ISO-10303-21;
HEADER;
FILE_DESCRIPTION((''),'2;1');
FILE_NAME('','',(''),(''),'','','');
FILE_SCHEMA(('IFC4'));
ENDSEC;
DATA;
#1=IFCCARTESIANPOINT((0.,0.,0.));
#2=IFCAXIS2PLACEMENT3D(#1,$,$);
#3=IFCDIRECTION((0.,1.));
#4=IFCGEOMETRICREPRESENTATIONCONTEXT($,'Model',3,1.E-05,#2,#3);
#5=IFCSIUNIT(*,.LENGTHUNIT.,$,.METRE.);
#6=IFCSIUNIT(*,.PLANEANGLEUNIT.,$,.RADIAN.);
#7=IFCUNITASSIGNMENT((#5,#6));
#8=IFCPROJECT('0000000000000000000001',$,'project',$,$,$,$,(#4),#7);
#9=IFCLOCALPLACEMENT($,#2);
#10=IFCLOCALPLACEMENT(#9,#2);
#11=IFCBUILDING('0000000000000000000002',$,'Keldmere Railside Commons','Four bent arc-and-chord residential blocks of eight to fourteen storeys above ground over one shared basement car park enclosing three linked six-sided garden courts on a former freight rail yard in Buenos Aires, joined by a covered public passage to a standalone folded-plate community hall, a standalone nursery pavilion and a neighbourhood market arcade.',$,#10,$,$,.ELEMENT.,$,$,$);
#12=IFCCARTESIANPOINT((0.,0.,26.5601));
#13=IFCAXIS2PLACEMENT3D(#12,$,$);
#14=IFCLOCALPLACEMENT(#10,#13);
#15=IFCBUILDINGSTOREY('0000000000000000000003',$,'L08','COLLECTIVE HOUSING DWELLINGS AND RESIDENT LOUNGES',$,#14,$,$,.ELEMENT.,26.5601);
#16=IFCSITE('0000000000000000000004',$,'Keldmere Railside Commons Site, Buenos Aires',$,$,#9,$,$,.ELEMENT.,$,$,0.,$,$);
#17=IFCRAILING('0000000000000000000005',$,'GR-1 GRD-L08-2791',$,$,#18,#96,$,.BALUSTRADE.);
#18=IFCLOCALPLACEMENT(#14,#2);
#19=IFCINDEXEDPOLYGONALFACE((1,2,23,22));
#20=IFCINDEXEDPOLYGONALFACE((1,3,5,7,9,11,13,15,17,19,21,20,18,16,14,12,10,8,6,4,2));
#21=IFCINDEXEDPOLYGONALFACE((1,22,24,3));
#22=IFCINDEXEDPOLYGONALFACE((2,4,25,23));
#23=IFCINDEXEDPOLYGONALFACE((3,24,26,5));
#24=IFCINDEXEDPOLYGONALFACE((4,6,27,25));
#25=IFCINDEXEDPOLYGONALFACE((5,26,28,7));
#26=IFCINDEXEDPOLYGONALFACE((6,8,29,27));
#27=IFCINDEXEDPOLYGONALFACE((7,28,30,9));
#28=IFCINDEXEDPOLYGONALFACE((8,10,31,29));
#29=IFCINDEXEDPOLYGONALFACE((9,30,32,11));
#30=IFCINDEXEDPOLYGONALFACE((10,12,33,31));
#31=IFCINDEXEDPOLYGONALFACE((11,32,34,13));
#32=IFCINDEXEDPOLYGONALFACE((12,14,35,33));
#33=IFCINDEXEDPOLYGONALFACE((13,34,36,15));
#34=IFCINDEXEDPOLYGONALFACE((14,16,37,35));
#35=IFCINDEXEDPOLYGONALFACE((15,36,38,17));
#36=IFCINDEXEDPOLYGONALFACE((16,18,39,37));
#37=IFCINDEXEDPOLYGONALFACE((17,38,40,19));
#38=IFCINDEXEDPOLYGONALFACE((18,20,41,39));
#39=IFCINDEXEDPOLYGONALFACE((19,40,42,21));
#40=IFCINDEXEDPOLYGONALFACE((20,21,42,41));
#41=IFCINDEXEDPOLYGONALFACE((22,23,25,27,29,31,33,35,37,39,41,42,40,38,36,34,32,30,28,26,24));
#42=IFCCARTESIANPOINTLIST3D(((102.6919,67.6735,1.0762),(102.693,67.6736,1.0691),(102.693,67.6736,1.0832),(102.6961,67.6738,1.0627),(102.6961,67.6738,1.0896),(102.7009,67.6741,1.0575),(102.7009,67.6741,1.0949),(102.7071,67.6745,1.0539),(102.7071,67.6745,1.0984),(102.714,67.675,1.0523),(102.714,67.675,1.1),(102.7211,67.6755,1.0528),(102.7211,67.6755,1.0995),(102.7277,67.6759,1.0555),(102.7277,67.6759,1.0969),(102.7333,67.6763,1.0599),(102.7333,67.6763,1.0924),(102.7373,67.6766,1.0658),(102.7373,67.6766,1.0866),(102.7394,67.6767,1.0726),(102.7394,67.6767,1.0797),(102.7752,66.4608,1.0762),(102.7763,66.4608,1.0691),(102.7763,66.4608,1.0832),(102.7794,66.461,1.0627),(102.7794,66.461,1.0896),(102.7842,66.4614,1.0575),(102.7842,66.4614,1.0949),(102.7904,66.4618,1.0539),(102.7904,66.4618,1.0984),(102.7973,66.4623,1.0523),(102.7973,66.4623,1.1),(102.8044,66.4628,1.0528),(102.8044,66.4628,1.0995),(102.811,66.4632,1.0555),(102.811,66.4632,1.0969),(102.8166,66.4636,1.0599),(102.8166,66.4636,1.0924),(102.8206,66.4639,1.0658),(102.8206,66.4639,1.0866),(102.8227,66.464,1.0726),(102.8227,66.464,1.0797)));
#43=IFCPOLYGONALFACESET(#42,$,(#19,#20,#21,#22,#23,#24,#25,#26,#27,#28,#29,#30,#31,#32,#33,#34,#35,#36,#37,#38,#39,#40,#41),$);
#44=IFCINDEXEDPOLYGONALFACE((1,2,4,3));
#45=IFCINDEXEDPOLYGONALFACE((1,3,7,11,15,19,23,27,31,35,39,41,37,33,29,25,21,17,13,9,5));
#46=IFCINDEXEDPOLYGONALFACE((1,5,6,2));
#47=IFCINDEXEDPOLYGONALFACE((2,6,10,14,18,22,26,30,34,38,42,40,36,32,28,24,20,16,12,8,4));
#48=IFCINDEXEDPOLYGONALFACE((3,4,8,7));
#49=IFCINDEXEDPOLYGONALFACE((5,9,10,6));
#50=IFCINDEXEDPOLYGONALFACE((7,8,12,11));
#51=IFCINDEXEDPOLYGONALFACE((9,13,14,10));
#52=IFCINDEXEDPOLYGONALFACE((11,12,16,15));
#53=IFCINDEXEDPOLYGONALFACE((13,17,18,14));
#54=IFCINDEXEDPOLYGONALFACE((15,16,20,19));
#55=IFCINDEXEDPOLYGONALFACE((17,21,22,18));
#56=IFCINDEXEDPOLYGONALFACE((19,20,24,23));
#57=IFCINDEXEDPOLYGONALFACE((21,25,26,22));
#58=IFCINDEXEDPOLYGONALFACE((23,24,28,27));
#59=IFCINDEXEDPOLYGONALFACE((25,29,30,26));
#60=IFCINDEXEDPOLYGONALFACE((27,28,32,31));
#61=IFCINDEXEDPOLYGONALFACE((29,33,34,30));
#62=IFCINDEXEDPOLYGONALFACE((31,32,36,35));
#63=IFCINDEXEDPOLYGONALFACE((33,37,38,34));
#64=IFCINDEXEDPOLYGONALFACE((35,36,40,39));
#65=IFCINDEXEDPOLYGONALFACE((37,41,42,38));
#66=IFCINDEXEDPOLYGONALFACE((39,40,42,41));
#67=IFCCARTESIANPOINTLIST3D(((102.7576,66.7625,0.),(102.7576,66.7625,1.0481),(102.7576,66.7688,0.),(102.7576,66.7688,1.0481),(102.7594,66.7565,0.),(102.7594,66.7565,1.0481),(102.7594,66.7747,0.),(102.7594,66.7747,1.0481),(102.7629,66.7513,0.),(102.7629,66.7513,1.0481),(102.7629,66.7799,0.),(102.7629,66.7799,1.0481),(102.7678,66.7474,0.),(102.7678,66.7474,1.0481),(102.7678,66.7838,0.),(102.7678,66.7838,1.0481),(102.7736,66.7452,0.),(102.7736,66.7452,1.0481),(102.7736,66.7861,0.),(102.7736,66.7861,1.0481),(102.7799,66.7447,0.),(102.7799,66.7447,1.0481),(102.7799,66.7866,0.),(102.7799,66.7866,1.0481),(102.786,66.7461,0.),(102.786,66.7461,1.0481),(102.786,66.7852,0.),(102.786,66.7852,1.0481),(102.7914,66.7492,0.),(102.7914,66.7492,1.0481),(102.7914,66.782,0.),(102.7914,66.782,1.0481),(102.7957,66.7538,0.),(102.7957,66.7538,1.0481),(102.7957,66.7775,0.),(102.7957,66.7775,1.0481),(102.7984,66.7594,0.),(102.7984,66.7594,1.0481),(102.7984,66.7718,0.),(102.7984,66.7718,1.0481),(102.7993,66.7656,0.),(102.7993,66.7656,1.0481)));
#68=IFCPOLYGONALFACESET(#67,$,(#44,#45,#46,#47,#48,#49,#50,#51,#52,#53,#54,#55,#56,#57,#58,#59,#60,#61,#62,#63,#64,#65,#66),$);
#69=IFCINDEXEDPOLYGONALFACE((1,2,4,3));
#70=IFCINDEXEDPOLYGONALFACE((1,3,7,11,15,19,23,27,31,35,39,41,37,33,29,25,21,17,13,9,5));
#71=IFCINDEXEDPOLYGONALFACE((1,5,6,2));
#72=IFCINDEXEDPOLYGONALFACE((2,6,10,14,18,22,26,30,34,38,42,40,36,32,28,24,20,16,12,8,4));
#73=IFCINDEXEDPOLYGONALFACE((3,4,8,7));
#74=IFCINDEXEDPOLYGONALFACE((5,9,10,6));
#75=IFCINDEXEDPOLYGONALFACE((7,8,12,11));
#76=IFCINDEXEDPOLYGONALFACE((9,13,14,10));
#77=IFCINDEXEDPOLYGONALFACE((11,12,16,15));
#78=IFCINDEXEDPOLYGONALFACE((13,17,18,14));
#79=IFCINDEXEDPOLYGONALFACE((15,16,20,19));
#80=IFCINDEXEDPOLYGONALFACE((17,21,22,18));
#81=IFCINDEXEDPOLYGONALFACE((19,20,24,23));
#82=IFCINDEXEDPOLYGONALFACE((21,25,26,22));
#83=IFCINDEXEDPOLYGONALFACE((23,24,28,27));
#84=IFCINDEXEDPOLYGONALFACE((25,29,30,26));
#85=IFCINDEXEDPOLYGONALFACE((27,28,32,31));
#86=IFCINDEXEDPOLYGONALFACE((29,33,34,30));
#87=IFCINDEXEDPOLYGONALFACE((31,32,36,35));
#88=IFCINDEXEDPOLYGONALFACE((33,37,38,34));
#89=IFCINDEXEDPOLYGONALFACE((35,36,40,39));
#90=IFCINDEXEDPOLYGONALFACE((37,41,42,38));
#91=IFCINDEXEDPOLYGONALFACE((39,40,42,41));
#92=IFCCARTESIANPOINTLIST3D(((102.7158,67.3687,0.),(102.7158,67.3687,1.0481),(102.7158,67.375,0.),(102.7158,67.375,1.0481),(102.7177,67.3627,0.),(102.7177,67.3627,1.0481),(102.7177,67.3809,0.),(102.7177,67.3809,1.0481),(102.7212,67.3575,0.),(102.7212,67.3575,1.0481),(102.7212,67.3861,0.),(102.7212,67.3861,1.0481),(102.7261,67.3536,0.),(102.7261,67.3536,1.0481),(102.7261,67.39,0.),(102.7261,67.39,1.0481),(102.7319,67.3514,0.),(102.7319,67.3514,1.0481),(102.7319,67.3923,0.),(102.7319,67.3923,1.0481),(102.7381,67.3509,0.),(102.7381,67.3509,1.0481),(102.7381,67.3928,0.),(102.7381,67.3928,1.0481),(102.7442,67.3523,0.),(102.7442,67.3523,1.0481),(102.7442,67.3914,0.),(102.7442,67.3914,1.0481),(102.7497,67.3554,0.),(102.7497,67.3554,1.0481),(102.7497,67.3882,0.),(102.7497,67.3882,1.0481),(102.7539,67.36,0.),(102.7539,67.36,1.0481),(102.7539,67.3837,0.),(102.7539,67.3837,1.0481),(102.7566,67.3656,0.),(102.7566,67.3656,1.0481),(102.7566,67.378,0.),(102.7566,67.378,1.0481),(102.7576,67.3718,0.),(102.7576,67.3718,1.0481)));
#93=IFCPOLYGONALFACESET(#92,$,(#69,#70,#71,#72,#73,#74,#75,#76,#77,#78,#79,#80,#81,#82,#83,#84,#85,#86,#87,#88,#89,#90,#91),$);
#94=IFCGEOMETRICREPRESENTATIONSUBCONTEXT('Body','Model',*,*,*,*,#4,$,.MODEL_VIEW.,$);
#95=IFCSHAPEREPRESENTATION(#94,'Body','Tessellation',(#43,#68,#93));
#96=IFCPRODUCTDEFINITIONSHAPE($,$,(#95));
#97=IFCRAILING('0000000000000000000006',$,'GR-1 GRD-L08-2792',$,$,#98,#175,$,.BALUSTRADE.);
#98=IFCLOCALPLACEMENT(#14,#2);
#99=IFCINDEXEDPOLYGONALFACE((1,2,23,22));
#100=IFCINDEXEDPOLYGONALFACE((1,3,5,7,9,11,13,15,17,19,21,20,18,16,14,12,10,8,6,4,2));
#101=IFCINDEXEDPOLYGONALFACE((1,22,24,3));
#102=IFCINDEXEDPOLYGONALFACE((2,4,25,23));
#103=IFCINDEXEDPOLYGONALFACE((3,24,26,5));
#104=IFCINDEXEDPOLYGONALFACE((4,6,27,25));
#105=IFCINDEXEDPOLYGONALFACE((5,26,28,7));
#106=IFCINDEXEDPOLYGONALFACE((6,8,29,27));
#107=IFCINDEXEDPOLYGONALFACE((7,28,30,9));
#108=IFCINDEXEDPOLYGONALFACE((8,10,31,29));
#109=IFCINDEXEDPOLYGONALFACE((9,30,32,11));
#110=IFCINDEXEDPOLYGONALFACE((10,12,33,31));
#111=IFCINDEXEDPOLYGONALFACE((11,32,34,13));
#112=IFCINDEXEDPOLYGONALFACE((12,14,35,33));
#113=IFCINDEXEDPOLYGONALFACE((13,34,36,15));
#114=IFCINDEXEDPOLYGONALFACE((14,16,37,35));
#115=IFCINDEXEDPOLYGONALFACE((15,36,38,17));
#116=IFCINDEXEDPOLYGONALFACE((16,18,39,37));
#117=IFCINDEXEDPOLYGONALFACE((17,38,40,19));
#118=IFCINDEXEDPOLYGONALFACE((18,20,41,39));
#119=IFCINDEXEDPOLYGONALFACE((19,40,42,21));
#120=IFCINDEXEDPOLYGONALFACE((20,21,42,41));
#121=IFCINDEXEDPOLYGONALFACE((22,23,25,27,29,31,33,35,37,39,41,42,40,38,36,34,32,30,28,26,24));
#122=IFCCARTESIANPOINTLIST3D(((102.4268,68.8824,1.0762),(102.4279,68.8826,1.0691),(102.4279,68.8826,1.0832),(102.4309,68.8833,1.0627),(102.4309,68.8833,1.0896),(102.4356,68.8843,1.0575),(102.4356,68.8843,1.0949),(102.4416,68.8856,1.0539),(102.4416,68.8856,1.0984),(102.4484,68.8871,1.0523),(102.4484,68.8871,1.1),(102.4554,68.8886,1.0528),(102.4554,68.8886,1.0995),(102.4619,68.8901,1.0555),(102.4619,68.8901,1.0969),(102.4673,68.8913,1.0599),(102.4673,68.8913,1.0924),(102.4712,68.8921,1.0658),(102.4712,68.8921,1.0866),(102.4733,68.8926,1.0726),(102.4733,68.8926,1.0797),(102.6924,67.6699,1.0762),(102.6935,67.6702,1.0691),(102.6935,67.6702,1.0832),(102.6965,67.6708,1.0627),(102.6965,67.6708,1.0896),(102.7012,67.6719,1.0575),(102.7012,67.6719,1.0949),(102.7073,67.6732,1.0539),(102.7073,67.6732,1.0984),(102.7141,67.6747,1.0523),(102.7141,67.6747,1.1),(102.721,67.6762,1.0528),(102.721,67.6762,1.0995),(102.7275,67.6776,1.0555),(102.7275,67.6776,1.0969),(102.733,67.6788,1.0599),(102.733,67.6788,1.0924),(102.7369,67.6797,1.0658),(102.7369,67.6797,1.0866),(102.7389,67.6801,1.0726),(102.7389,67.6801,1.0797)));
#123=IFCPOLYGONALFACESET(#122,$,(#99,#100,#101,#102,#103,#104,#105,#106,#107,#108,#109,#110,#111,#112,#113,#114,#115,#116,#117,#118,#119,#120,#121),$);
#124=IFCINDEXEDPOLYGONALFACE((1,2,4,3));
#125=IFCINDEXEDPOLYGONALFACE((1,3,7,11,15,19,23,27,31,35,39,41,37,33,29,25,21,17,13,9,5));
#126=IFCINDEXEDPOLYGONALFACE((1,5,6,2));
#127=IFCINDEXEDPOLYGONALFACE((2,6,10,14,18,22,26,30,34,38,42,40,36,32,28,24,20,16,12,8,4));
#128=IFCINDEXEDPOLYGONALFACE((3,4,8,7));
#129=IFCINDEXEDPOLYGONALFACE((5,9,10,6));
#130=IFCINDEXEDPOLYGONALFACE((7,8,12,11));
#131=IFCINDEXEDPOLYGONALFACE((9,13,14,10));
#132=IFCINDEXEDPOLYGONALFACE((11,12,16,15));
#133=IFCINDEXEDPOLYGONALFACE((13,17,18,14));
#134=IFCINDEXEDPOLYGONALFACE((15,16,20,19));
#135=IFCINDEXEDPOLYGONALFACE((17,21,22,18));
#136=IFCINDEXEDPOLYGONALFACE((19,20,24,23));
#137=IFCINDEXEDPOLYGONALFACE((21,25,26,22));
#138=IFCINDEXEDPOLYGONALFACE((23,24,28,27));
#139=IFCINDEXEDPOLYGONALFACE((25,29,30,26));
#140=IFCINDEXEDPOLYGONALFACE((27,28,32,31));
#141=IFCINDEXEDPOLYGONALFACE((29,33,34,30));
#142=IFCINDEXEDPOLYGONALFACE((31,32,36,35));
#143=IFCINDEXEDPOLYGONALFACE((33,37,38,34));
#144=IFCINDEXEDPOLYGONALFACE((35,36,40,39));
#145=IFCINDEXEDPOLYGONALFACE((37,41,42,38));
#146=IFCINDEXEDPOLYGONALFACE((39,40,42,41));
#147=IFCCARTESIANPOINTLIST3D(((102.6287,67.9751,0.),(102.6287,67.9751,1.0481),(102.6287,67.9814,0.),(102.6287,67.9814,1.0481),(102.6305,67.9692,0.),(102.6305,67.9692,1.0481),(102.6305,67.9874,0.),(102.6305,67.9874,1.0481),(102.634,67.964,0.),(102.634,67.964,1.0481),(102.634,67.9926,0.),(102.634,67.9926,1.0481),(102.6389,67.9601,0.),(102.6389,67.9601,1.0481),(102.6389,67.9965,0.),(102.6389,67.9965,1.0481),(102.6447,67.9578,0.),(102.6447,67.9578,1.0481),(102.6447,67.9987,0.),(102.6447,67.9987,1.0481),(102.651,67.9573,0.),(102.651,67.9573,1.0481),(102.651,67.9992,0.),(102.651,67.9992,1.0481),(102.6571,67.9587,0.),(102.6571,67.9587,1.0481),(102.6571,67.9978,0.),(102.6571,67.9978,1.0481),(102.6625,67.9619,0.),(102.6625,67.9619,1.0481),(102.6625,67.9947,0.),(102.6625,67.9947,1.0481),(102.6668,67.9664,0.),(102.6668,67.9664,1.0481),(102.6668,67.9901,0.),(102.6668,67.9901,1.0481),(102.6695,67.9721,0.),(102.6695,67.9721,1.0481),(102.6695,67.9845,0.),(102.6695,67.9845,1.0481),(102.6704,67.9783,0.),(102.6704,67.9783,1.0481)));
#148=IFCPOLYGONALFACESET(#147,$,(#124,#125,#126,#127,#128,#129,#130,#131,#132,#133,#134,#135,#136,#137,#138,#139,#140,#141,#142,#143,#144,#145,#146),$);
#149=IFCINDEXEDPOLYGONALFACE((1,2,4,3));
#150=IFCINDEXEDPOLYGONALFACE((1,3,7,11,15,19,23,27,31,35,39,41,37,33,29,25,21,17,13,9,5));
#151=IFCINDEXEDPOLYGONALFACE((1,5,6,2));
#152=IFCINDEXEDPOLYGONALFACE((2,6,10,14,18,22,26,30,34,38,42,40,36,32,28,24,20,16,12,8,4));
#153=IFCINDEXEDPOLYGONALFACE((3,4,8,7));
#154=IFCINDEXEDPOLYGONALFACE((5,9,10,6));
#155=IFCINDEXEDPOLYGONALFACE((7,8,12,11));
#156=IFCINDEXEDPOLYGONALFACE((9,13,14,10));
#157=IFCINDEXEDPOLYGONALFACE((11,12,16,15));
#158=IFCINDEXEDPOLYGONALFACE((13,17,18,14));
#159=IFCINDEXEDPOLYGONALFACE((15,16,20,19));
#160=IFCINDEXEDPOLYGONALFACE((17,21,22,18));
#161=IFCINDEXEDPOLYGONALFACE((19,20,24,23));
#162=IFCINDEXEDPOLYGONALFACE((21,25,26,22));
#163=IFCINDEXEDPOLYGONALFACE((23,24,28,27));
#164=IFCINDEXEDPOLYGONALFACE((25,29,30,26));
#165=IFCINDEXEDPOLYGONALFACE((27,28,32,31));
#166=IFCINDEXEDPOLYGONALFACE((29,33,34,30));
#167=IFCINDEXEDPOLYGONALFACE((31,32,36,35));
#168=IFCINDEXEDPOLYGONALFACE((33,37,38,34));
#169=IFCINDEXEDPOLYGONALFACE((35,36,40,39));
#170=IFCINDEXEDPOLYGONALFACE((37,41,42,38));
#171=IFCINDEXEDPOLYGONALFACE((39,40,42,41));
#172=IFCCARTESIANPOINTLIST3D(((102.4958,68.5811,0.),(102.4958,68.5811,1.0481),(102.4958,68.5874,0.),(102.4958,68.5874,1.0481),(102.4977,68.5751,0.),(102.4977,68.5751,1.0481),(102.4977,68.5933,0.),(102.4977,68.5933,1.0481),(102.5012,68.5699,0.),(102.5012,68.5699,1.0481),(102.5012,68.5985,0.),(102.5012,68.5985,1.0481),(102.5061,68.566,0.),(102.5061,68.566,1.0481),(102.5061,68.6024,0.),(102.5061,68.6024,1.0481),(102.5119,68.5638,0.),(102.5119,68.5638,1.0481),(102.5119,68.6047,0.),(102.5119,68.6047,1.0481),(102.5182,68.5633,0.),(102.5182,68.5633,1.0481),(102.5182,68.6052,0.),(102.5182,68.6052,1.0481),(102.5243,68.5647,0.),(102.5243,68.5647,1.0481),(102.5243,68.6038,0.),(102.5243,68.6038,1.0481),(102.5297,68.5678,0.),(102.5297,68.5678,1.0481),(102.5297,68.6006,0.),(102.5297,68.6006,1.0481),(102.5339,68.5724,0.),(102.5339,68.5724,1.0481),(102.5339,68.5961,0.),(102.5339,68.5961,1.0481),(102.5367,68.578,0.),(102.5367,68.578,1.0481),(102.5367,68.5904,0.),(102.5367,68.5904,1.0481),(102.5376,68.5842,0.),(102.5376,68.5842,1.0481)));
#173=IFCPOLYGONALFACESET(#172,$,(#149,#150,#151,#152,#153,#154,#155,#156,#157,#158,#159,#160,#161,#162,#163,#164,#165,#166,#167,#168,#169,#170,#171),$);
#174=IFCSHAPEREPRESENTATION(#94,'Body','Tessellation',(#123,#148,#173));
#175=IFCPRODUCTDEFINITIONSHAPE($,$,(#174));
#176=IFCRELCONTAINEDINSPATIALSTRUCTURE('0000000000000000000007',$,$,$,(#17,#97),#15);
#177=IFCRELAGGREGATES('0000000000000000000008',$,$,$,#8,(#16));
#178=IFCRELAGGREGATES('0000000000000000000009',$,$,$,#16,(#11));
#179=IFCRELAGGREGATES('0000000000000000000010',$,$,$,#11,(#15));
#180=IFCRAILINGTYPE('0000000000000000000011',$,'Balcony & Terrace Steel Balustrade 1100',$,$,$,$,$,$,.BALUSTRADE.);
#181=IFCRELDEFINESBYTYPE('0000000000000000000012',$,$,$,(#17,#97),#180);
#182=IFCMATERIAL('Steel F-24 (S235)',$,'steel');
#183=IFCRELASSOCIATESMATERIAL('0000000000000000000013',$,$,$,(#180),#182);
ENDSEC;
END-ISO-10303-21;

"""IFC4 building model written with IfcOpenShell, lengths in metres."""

from ifc_helpers import new_model, si_unit, direction, frame, origin, origin_2d, place, context, subcontext, project, spatial, circle, extrude, material, type_object, element, save


model = new_model("IFC4")

# Units and contexts
model_context = context("Model", 3, precision=1e-05, world=origin(), true_north=direction((0.0, 1.0)))
body_context = subcontext(model_context, "Body", "Model", "MODEL_VIEW")
ifc_project = project(units=[si_unit("LENGTHUNIT", "METRE"), si_unit("PLANEANGLEUNIT", "RADIAN")], contexts=[model_context])

# Site, building, storey
site_placement = place(None, origin())
site = spatial("IfcSite", under=ifc_project, at=site_placement, Name="Keldmere Railside Commons Site, Buenos Aires", CompositionType="ELEMENT", RefElevation=0.0)
building_placement = place(site_placement, origin())
building = spatial("IfcBuilding", under=site, at=building_placement, Name="Keldmere Railside Commons", Description="Four bent arc-and-chord residential blocks of eight to fourteen storeys above ground over one shared basement car park enclosing three linked six-sided garden courts on a former freight rail yard in Buenos Aires, joined by a covered public passage to a standalone folded-plate community hall, a standalone nursery pavilion and a neighbourhood market arcade.", CompositionType="ELEMENT")
storey_placement = place(building_placement, frame((0.0, 0.0, 26.5601)))
storey = spatial("IfcBuildingStorey", under=building, at=storey_placement, Name="L08", Description="COLLECTIVE HOUSING DWELLINGS AND RESIDENT LOUNGES", CompositionType="ELEMENT", Elevation=26.5601)

# Railings
ifc_material_1 = material(Name="Steel F-24 (S235)", Category="steel")
railing_type_1 = type_object("IfcRailingType", Name="Balcony & Terrace Steel Balustrade 1100", PredefinedType="BALUSTRADE", material=ifc_material_1)
railing_1_placement = place(storey_placement, frame((102.7991, 66.4624, 0.0)))
element("IfcRailing", 1, at=railing_1_placement, inside=storey, type_object=railing_type_1, Name="GR-1 GRD-L08-2791", PredefinedType="BALUSTRADE", context=body_context, shape_type="SweptSolid", body=[
    extrude(circle(Radius=0.0239, at=origin_2d()), frame((0.0, 0.0, 1.0762), z_axis=(-0.068492, 0.997652, 0.0), x_axis=(-0.997652, -0.068492, 0.0)), (0.0, 0.0, 1.0), 1.2156),
    extrude(circle(Radius=0.021, at=origin_2d()), frame((-0.0208, 0.3032, 0.0)), (0.0, 0.0, 1.0), 1.0481),
    extrude(circle(Radius=0.021, at=origin_2d()), frame((-0.0625, 0.9094, 0.0)), (0.0, 0.0, 1.0), 1.0481),
])
railing_2_placement = place(storey_placement, frame((102.7158, 67.675, 0.0)))
element("IfcRailing", 2, at=railing_2_placement, inside=storey, type_object=railing_type_1, Name="GR-1 GRD-L08-2792", PredefinedType="BALUSTRADE", context=body_context, shape_type="SweptSolid", body=[
    extrude(circle(Radius=0.0239, at=origin_2d()), frame((0.0, 0.0, 1.0762), z_axis=(-0.214014, 0.976831, 0.0), x_axis=(-0.976831, -0.214014, 0.0)), (0.0, 0.0, 1.0), 1.2412),
    extrude(circle(Radius=0.021, at=origin_2d()), frame((-0.0664, 0.3032, 0.0)), (0.0, 0.0, 1.0), 1.0481),
    extrude(circle(Radius=0.021, at=origin_2d()), frame((-0.1992, 0.9092, 0.0)), (0.0, 0.0, 1.0), 1.0481),
])

save(model, "model.ifc")
